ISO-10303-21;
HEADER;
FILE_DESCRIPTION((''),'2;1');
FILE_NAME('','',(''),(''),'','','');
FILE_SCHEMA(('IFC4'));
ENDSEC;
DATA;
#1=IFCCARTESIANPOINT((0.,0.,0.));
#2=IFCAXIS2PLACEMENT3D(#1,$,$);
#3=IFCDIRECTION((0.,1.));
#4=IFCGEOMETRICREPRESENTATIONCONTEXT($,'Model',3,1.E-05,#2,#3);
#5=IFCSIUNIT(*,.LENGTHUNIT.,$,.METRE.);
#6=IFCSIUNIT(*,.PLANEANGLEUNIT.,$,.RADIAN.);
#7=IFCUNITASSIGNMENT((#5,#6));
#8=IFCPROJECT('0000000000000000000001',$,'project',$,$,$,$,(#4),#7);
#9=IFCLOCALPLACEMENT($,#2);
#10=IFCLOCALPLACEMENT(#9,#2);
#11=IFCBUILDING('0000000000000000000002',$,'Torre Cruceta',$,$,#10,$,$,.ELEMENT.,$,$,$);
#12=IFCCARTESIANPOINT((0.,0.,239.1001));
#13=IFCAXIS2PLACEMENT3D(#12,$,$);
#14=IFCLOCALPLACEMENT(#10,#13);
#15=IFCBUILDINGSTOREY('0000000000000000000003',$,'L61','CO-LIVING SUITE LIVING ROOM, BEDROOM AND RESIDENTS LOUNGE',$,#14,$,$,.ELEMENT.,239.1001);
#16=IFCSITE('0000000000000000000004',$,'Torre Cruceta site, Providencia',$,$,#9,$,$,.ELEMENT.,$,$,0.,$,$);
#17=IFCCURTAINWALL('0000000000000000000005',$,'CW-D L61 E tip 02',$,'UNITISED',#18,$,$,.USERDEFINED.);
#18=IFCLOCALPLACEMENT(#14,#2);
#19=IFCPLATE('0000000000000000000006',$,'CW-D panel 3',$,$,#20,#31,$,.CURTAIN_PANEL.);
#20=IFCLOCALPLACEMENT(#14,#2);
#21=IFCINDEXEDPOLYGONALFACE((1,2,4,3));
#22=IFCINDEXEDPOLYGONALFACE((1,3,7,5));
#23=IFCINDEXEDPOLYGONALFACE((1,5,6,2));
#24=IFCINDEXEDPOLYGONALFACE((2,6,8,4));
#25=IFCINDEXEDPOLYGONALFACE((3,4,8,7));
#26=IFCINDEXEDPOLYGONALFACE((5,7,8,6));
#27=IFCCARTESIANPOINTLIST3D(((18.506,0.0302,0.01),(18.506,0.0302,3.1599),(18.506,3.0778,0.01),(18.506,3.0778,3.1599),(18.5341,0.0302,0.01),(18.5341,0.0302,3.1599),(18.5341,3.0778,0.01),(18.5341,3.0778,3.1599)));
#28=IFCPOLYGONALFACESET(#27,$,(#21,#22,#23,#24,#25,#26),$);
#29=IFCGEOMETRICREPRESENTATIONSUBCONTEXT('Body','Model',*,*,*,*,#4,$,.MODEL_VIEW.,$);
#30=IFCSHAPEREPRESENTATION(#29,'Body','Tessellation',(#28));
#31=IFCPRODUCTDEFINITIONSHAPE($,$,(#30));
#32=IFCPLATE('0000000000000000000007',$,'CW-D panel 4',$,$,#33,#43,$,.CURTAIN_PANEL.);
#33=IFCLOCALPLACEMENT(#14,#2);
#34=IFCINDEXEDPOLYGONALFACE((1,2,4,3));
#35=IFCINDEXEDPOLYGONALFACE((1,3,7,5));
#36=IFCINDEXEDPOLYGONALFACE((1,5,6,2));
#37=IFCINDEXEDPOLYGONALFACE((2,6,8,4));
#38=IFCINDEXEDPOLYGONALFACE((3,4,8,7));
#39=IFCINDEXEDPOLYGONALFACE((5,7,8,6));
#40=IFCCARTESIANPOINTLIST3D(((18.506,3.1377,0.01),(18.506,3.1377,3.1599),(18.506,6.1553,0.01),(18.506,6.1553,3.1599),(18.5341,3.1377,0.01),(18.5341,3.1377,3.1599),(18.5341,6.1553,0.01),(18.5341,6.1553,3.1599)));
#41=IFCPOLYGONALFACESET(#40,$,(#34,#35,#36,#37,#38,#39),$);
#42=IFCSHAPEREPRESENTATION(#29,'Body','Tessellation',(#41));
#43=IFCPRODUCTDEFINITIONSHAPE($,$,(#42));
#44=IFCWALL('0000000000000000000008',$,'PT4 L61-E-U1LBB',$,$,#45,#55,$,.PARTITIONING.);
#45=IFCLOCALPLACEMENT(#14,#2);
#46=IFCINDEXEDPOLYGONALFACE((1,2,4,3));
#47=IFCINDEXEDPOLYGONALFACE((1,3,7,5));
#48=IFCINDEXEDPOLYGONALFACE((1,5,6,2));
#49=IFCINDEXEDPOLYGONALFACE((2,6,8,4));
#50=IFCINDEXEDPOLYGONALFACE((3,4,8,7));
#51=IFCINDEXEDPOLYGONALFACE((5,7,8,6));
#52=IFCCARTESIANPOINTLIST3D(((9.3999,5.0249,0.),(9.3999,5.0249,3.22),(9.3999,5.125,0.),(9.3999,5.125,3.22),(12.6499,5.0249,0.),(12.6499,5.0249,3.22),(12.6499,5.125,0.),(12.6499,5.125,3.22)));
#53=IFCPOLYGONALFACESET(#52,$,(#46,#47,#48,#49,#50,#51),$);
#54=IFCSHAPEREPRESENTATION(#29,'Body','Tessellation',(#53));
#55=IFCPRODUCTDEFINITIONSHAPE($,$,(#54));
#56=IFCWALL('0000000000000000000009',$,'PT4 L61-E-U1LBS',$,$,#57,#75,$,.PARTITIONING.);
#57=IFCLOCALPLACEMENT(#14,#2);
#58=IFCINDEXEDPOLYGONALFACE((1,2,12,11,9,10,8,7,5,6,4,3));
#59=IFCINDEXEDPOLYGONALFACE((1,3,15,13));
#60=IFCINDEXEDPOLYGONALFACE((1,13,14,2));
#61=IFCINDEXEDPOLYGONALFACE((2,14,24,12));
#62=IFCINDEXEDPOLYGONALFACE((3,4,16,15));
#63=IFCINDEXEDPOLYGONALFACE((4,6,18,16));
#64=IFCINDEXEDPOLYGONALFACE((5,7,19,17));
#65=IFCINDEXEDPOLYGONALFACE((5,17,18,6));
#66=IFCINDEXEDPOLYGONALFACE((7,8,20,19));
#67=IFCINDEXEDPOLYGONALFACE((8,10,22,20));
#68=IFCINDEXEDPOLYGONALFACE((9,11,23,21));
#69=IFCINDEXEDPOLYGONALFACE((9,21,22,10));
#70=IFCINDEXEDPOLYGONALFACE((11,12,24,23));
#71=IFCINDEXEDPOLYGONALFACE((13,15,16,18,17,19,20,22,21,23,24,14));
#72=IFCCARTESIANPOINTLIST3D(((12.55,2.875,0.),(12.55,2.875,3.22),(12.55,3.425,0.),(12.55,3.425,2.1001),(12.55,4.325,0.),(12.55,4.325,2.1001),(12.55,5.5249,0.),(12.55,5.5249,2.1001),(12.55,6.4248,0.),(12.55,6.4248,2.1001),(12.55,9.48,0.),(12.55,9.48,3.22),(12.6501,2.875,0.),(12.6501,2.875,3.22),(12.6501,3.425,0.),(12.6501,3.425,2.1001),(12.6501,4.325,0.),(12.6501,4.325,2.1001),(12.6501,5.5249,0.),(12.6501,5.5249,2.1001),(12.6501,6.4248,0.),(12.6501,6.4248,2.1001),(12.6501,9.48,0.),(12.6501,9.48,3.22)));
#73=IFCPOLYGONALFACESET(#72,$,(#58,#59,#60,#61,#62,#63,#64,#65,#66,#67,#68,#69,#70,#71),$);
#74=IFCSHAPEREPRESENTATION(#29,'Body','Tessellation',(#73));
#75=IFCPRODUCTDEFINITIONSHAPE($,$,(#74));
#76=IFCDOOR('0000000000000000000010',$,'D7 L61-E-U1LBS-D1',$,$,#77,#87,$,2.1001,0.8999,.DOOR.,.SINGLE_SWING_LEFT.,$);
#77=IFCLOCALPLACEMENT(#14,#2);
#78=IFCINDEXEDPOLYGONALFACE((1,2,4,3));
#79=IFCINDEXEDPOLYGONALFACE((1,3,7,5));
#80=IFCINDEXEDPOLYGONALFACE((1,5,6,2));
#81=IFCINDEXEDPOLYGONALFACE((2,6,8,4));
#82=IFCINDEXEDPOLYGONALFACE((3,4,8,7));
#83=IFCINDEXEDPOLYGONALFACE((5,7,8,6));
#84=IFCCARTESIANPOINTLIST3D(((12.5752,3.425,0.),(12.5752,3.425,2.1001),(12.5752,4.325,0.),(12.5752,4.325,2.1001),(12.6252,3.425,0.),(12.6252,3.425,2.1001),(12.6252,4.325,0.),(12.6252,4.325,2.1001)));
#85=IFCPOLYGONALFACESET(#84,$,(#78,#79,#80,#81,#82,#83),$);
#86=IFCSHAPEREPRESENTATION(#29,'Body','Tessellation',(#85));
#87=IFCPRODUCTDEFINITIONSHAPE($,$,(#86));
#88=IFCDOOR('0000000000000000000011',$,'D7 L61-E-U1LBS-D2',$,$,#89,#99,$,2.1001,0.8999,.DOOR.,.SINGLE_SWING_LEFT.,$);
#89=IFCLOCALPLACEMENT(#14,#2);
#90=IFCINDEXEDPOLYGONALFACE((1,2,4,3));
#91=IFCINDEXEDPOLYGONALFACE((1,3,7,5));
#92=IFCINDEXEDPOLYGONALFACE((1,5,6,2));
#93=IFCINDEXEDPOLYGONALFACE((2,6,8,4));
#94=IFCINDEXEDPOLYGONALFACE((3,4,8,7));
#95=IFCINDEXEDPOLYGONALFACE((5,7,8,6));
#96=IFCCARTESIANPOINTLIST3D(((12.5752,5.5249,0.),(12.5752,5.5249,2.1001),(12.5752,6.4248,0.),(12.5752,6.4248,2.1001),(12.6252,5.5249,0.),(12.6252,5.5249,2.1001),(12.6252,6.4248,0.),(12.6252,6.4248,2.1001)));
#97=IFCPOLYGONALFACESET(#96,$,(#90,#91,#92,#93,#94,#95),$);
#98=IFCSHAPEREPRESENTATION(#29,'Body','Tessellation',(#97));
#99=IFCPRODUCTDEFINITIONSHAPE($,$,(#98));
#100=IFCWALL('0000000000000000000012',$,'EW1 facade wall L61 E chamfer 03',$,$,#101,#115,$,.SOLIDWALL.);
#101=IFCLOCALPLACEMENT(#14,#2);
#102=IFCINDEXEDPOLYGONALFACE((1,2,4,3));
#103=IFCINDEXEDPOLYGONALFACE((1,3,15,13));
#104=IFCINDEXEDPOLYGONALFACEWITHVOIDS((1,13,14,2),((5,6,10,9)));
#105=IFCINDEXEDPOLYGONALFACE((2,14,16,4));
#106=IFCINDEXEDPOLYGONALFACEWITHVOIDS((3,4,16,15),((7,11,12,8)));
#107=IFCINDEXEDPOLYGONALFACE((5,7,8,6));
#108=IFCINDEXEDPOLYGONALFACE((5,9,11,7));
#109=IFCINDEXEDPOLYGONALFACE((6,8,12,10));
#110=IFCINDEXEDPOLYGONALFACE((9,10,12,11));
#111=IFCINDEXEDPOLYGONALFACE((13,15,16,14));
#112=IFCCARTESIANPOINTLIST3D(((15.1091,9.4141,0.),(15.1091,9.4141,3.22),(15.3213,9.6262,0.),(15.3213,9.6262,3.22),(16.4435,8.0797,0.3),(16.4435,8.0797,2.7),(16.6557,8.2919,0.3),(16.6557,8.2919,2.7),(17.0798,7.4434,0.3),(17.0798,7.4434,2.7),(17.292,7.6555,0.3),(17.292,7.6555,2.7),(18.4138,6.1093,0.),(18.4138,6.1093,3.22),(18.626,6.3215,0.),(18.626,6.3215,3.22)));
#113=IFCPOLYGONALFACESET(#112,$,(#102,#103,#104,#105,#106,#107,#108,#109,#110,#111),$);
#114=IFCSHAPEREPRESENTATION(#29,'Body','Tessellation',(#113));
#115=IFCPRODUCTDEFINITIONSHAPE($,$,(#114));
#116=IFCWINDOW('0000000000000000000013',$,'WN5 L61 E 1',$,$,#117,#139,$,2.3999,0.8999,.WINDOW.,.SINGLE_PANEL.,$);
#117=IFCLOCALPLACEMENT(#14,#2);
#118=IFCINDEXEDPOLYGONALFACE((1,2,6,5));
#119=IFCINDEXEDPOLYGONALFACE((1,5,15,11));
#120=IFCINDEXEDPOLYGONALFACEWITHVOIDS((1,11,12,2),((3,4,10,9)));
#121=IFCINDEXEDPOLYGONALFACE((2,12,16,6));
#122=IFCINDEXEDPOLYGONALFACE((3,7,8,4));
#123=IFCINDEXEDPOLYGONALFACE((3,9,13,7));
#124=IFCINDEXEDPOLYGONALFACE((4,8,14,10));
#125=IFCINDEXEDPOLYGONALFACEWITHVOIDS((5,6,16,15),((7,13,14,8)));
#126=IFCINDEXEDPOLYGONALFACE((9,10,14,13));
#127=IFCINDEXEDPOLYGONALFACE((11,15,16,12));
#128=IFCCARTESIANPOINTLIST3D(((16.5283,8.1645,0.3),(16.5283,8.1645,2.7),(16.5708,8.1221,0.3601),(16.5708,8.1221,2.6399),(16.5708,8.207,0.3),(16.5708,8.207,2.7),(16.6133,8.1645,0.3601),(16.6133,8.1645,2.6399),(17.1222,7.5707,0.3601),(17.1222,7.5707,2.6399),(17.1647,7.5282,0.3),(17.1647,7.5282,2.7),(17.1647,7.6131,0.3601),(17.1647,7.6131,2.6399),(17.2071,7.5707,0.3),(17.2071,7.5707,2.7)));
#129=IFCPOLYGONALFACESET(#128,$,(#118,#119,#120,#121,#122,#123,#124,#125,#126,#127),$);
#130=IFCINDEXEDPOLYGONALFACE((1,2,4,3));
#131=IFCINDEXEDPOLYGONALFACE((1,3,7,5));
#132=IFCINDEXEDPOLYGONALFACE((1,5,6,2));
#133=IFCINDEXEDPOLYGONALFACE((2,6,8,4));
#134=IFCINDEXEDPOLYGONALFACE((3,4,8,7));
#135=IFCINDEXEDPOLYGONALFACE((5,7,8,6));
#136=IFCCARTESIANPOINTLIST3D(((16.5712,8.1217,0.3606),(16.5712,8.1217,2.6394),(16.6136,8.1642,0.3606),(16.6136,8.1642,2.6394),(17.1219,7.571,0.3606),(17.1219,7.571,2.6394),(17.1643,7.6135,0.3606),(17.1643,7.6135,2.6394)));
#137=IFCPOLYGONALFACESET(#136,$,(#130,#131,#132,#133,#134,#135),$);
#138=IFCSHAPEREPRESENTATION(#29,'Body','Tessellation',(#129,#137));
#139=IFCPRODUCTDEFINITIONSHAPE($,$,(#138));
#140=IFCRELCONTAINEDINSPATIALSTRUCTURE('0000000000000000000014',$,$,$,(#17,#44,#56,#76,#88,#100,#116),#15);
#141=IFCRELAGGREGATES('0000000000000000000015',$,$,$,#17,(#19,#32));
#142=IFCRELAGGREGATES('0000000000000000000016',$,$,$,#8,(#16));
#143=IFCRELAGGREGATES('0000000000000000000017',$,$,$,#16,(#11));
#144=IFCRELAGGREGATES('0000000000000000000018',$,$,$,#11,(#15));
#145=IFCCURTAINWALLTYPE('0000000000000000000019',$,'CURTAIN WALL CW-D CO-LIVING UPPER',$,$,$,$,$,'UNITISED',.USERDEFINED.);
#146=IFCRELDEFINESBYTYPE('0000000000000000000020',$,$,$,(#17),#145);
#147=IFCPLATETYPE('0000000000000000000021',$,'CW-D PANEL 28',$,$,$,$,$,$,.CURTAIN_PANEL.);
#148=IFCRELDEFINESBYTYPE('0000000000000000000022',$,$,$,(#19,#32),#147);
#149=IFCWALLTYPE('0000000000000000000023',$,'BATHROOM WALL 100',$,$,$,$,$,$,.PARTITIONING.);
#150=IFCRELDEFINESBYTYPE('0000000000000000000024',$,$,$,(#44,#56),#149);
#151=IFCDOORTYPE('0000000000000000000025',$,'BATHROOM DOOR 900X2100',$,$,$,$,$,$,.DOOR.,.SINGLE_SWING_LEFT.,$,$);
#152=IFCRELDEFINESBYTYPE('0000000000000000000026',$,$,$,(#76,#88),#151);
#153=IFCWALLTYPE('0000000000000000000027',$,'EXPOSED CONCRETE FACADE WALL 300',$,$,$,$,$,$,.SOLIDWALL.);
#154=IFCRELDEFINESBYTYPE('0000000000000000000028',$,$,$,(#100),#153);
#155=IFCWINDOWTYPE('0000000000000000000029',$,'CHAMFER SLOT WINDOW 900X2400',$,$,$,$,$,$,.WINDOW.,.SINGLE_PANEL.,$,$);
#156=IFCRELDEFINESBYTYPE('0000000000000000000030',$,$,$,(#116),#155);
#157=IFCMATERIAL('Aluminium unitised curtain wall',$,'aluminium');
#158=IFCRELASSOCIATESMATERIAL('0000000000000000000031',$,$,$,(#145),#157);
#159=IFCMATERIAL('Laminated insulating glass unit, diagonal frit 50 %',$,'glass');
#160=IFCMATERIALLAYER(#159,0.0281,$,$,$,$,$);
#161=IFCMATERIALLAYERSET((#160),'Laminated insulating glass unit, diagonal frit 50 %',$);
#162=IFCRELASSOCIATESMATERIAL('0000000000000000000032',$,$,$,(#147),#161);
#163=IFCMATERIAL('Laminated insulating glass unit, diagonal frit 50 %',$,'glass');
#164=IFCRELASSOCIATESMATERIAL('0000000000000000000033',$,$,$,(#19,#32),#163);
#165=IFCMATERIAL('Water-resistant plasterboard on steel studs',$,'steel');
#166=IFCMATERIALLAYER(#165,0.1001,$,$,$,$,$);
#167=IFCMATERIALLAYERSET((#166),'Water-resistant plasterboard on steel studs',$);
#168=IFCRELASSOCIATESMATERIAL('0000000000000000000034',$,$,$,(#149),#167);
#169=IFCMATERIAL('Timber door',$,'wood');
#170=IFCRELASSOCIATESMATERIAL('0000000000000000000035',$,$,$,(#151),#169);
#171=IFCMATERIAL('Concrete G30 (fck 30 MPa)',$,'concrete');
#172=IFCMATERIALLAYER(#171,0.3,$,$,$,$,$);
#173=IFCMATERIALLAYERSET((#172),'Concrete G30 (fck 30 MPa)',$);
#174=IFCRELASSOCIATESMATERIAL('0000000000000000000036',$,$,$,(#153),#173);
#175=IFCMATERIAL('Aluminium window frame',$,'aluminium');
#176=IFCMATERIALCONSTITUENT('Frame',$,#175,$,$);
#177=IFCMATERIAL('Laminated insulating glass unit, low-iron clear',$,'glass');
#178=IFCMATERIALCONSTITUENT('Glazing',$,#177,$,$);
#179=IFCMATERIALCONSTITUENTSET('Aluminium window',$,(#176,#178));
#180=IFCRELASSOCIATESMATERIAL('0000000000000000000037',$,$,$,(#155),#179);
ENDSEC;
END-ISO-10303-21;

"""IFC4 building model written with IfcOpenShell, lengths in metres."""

from ifc_helpers import new_model, si_unit, direction, frame, frame_2d, origin, origin_2d, place, context, subcontext, project, spatial, rectangle, hollow_rectangle, extrude, material, layer, layer_set, constituent, constituent_set, type_object, element, fill, aggregate, save


model = new_model("IFC4")

# Units and contexts
model_context = context("Model", 3, precision=1e-05, world=origin(), true_north=direction((0.0, 1.0)))
body_context = subcontext(model_context, "Body", "Model", "MODEL_VIEW")
ifc_project = project(units=[si_unit("LENGTHUNIT", "METRE"), si_unit("PLANEANGLEUNIT", "RADIAN")], contexts=[model_context])

# Site, building, storey
site_placement = place(None, origin())
site = spatial("IfcSite", under=ifc_project, at=site_placement, Name="Torre Cruceta site, Providencia", CompositionType="ELEMENT", RefElevation=0.0)
building_placement = place(site_placement, origin())
building = spatial("IfcBuilding", under=site, at=building_placement, Name="Torre Cruceta", CompositionType="ELEMENT")
storey_placement = place(building_placement, frame((0.0, 0.0, 239.1001)))
storey = spatial("IfcBuildingStorey", under=building, at=storey_placement, Name="L61", Description="CO-LIVING SUITE LIVING ROOM, BEDROOM AND RESIDENTS LOUNGE", CompositionType="ELEMENT", Elevation=239.1001)

# Curtain wall
ifc_material_1 = material(Name="Aluminium unitised curtain wall", Category="aluminium")
curtain_wall_type = type_object("IfcCurtainWallType", Name="CURTAIN WALL CW-D CO-LIVING UPPER", ElementType="UNITISED", PredefinedType="USERDEFINED", material=ifc_material_1)
curtain_wall_placement = place(storey_placement, origin())
curtain_wall = element("IfcCurtainWall", 1, at=curtain_wall_placement, inside=storey, type_object=curtain_wall_type, Name="CW-D L61 E tip 02", ObjectType="UNITISED", PredefinedType="USERDEFINED")

# Plates
ifc_material_2 = material(Name="Laminated insulating glass unit, diagonal frit 50 %", Category="glass")
ifc_material_3 = material(Name="Laminated insulating glass unit, diagonal frit 50 %", Category="glass")
ifc_layer_1 = layer(ifc_material_3, 0.0281)
ifc_layer_set_1 = layer_set([ifc_layer_1], Name="Laminated insulating glass unit, diagonal frit 50 %")
plate_type = type_object("IfcPlateType", Name="CW-D PANEL 28", PredefinedType="CURTAIN_PANEL", material=ifc_layer_set_1)
plate_1_placement = place(storey_placement, frame((18.52, 1.554, 0.01), z_axis=(0.0, 0.0, 1.0), x_axis=(0.0, 1.0, 0.0)))
plate_1 = element("IfcPlate", 2, at=plate_1_placement, type_object=plate_type, material=ifc_material_2, Name="CW-D panel 3", PredefinedType="CURTAIN_PANEL", context=body_context, shape_type="SweptSolid", body=[
    extrude(rectangle(XDim=3.0476, YDim=0.0281, at=origin_2d()), origin(), (0.0, 0.0, 1.0), 3.1499),
])
plate_2_placement = place(storey_placement, frame((18.52, 4.6465, 0.01), z_axis=(0.0, 0.0, 1.0), x_axis=(0.0, 1.0, 0.0)))
plate_2 = element("IfcPlate", 3, at=plate_2_placement, type_object=plate_type, material=ifc_material_2, Name="CW-D panel 4", PredefinedType="CURTAIN_PANEL", context=body_context, shape_type="SweptSolid", body=[
    extrude(rectangle(XDim=3.0176, YDim=0.0281, at=origin_2d()), origin(), (0.0, 0.0, 1.0), 3.1499),
])
aggregate(curtain_wall, [plate_1, plate_2])

# Wall
ifc_material_4 = material(Name="Water-resistant plasterboard on steel studs", Category="steel")
ifc_layer_2 = layer(ifc_material_4, 0.1001)
ifc_layer_set_2 = layer_set([ifc_layer_2], Name="Water-resistant plasterboard on steel studs")
wall_type_1 = type_object("IfcWallType", Name="BATHROOM WALL 100", PredefinedType="PARTITIONING", material=ifc_layer_set_2)
wall_1_placement = place(storey_placement, frame((9.3999, 5.075, 0.0), z_axis=(0.0, 0.0, 1.0), x_axis=(1.0, 0.0, 0.0)))
element("IfcWall", 4, at=wall_1_placement, inside=storey, type_object=wall_type_1, Name="PT4 L61-E-U1LBB", PredefinedType="PARTITIONING", context=body_context, shape_type="SweptSolid", body=[
    extrude(rectangle(XDim=3.25, YDim=0.1001, at=frame_2d((1.625, 0.0))), origin(), (0.0, 0.0, 1.0), 3.22),
])

# Wall, openings, doors
wall_2_placement = place(storey_placement, frame((12.6001, 2.875, 0.0), z_axis=(0.0, 0.0, 1.0), x_axis=(0.0, 1.0, 0.0)))
wall_2 = element("IfcWall", 5, at=wall_2_placement, inside=storey, type_object=wall_type_1, Name="PT4 L61-E-U1LBS", PredefinedType="PARTITIONING", context=body_context, shape_type="SweptSolid", body=[
    extrude(rectangle(XDim=6.605, YDim=0.1001, at=frame_2d((3.3025, 0.0))), origin(), (0.0, 0.0, 1.0), 3.22),
])
opening_1_placement = place(wall_2_placement, frame((0.55, 0.0, 0.0)))
opening_1 = element("IfcOpeningElement", 6, at=opening_1_placement, cuts=wall_2, PredefinedType="OPENING", context=body_context, shape_type="SweptSolid", body=[
    extrude(rectangle(XDim=0.8999, YDim=2.1001, at=frame_2d((0.45, 1.05))), frame((0.0, 0.0601, 0.0), z_axis=(0.0, -1.0, 0.0), x_axis=(1.0, 0.0, 0.0)), (0.0, 0.0, 1.0), 0.1201),
])
opening_2_placement = place(wall_2_placement, frame((2.6499, 0.0, 0.0)))
opening_2 = element("IfcOpeningElement", 7, at=opening_2_placement, cuts=wall_2, PredefinedType="OPENING", context=body_context, shape_type="SweptSolid", body=[
    extrude(rectangle(XDim=0.8999, YDim=2.1001, at=frame_2d((0.45, 1.05))), frame((0.0, 0.0601, 0.0), z_axis=(0.0, -1.0, 0.0), x_axis=(1.0, 0.0, 0.0)), (0.0, 0.0, 1.0), 0.1201),
])
ifc_material_5 = material(Name="Timber door", Category="wood")
door_type_1 = type_object("IfcDoorType", Name="BATHROOM DOOR 900X2100", OperationType="SINGLE_SWING_LEFT", PredefinedType="DOOR", material=ifc_material_5)
door_1_placement = place(opening_1_placement, origin())
door_1 = element("IfcDoor", 8, at=door_1_placement, inside=storey, type_object=door_type_1, Name="D7 L61-E-U1LBS-D1", OperationType="SINGLE_SWING_LEFT", OverallHeight=2.1001, OverallWidth=0.8999, PredefinedType="DOOR", context=body_context, shape_type="SweptSolid", body=[
    extrude(rectangle(XDim=0.8999, YDim=2.1001, at=frame_2d((0.45, 1.05))), frame((0.0, 0.0249, 0.0), z_axis=(0.0, -1.0, 0.0), x_axis=(1.0, 0.0, 0.0)), (0.0, 0.0, 1.0), 0.05),
])
fill(opening_1, door_1)
door_2_placement = place(opening_2_placement, origin())
door_2 = element("IfcDoor", 9, at=door_2_placement, inside=storey, type_object=door_type_1, Name="D7 L61-E-U1LBS-D2", OperationType="SINGLE_SWING_LEFT", OverallHeight=2.1001, OverallWidth=0.8999, PredefinedType="DOOR", context=body_context, shape_type="SweptSolid", body=[
    extrude(rectangle(XDim=0.8999, YDim=2.1001, at=frame_2d((0.45, 1.05))), frame((0.0, 0.0249, 0.0), z_axis=(0.0, -1.0, 0.0), x_axis=(1.0, 0.0, 0.0)), (0.0, 0.0, 1.0), 0.05),
])
fill(opening_2, door_2)

# Wall, opening, window
ifc_material_6 = material(Name="Concrete G30 (fck 30 MPa)", Category="concrete")
ifc_layer_3 = layer(ifc_material_6, 0.3)
ifc_layer_set_3 = layer_set([ifc_layer_3], Name="Concrete G30 (fck 30 MPa)")
wall_type_2 = type_object("IfcWallType", Name="EXPOSED CONCRETE FACADE WALL 300", PredefinedType="SOLIDWALL", material=ifc_layer_set_3)
wall_3_placement = place(storey_placement, frame((18.52, 6.2153, 0.0), z_axis=(0.0, 0.0, 1.0), x_axis=(-0.707107, 0.707107, 0.0)))
wall_3 = element("IfcWall", 10, at=wall_3_placement, inside=storey, type_object=wall_type_2, Name="EW1 facade wall L61 E chamfer 03", PredefinedType="SOLIDWALL", context=body_context, shape_type="SweptSolid", body=[
    extrude(rectangle(XDim=4.6736, YDim=0.3, at=frame_2d((2.3369, 0.0))), origin(), (0.0, 0.0, 1.0), 3.22),
])
opening_3_placement = place(wall_3_placement, frame((1.8867, 0.0, 0.3)))
opening_3 = element("IfcOpeningElement", 11, at=opening_3_placement, cuts=wall_3, PredefinedType="OPENING", context=body_context, shape_type="SweptSolid", body=[
    extrude(rectangle(XDim=0.8999, YDim=2.3999, at=frame_2d((0.45, 1.2))), frame((0.0, 0.1599, 0.0), z_axis=(0.0, -1.0, 0.0), x_axis=(1.0, 0.0, 0.0)), (0.0, 0.0, 1.0), 0.3201),
])
ifc_material_7 = material(Name="Aluminium window frame", Category="aluminium")
ifc_constituent_1 = constituent(ifc_material_7, Name="Frame")
ifc_material_8 = material(Name="Laminated insulating glass unit, low-iron clear", Category="glass")
ifc_constituent_2 = constituent(ifc_material_8, Name="Glazing")
ifc_constituent_set_1 = constituent_set(constituents=[ifc_constituent_1, ifc_constituent_2], Name="Aluminium window")
window_type = type_object("IfcWindowType", Name="CHAMFER SLOT WINDOW 900X2400", PartitioningType="SINGLE_PANEL", PredefinedType="WINDOW", material=ifc_constituent_set_1)
window_placement = place(opening_3_placement, origin())
window = element("IfcWindow", 12, at=window_placement, inside=storey, type_object=window_type, Name="WN5 L61 E 1", OverallHeight=2.3999, OverallWidth=0.8999, PartitioningType="SINGLE_PANEL", PredefinedType="WINDOW", context=body_context, shape_type="SweptSolid", body=[
    extrude(hollow_rectangle(XDim=0.8999, YDim=2.3999, WallThickness=0.0601, at=frame_2d((0.45, 1.2))), frame((0.0, 0.03, 0.0), z_axis=(0.0, -1.0, 0.0), x_axis=(1.0, 0.0, 0.0)), (0.0, 0.0, 1.0), 0.0601),
    extrude(rectangle(XDim=0.7788, YDim=2.2788, at=frame_2d((0.45, 1.2))), frame((0.0, 0.03, 0.0), z_axis=(0.0, -1.0, 0.0), x_axis=(1.0, 0.0, 0.0)), (0.0, 0.0, 1.0), 0.0601),
])
fill(opening_3, window)

save(model, "model.ifc")
